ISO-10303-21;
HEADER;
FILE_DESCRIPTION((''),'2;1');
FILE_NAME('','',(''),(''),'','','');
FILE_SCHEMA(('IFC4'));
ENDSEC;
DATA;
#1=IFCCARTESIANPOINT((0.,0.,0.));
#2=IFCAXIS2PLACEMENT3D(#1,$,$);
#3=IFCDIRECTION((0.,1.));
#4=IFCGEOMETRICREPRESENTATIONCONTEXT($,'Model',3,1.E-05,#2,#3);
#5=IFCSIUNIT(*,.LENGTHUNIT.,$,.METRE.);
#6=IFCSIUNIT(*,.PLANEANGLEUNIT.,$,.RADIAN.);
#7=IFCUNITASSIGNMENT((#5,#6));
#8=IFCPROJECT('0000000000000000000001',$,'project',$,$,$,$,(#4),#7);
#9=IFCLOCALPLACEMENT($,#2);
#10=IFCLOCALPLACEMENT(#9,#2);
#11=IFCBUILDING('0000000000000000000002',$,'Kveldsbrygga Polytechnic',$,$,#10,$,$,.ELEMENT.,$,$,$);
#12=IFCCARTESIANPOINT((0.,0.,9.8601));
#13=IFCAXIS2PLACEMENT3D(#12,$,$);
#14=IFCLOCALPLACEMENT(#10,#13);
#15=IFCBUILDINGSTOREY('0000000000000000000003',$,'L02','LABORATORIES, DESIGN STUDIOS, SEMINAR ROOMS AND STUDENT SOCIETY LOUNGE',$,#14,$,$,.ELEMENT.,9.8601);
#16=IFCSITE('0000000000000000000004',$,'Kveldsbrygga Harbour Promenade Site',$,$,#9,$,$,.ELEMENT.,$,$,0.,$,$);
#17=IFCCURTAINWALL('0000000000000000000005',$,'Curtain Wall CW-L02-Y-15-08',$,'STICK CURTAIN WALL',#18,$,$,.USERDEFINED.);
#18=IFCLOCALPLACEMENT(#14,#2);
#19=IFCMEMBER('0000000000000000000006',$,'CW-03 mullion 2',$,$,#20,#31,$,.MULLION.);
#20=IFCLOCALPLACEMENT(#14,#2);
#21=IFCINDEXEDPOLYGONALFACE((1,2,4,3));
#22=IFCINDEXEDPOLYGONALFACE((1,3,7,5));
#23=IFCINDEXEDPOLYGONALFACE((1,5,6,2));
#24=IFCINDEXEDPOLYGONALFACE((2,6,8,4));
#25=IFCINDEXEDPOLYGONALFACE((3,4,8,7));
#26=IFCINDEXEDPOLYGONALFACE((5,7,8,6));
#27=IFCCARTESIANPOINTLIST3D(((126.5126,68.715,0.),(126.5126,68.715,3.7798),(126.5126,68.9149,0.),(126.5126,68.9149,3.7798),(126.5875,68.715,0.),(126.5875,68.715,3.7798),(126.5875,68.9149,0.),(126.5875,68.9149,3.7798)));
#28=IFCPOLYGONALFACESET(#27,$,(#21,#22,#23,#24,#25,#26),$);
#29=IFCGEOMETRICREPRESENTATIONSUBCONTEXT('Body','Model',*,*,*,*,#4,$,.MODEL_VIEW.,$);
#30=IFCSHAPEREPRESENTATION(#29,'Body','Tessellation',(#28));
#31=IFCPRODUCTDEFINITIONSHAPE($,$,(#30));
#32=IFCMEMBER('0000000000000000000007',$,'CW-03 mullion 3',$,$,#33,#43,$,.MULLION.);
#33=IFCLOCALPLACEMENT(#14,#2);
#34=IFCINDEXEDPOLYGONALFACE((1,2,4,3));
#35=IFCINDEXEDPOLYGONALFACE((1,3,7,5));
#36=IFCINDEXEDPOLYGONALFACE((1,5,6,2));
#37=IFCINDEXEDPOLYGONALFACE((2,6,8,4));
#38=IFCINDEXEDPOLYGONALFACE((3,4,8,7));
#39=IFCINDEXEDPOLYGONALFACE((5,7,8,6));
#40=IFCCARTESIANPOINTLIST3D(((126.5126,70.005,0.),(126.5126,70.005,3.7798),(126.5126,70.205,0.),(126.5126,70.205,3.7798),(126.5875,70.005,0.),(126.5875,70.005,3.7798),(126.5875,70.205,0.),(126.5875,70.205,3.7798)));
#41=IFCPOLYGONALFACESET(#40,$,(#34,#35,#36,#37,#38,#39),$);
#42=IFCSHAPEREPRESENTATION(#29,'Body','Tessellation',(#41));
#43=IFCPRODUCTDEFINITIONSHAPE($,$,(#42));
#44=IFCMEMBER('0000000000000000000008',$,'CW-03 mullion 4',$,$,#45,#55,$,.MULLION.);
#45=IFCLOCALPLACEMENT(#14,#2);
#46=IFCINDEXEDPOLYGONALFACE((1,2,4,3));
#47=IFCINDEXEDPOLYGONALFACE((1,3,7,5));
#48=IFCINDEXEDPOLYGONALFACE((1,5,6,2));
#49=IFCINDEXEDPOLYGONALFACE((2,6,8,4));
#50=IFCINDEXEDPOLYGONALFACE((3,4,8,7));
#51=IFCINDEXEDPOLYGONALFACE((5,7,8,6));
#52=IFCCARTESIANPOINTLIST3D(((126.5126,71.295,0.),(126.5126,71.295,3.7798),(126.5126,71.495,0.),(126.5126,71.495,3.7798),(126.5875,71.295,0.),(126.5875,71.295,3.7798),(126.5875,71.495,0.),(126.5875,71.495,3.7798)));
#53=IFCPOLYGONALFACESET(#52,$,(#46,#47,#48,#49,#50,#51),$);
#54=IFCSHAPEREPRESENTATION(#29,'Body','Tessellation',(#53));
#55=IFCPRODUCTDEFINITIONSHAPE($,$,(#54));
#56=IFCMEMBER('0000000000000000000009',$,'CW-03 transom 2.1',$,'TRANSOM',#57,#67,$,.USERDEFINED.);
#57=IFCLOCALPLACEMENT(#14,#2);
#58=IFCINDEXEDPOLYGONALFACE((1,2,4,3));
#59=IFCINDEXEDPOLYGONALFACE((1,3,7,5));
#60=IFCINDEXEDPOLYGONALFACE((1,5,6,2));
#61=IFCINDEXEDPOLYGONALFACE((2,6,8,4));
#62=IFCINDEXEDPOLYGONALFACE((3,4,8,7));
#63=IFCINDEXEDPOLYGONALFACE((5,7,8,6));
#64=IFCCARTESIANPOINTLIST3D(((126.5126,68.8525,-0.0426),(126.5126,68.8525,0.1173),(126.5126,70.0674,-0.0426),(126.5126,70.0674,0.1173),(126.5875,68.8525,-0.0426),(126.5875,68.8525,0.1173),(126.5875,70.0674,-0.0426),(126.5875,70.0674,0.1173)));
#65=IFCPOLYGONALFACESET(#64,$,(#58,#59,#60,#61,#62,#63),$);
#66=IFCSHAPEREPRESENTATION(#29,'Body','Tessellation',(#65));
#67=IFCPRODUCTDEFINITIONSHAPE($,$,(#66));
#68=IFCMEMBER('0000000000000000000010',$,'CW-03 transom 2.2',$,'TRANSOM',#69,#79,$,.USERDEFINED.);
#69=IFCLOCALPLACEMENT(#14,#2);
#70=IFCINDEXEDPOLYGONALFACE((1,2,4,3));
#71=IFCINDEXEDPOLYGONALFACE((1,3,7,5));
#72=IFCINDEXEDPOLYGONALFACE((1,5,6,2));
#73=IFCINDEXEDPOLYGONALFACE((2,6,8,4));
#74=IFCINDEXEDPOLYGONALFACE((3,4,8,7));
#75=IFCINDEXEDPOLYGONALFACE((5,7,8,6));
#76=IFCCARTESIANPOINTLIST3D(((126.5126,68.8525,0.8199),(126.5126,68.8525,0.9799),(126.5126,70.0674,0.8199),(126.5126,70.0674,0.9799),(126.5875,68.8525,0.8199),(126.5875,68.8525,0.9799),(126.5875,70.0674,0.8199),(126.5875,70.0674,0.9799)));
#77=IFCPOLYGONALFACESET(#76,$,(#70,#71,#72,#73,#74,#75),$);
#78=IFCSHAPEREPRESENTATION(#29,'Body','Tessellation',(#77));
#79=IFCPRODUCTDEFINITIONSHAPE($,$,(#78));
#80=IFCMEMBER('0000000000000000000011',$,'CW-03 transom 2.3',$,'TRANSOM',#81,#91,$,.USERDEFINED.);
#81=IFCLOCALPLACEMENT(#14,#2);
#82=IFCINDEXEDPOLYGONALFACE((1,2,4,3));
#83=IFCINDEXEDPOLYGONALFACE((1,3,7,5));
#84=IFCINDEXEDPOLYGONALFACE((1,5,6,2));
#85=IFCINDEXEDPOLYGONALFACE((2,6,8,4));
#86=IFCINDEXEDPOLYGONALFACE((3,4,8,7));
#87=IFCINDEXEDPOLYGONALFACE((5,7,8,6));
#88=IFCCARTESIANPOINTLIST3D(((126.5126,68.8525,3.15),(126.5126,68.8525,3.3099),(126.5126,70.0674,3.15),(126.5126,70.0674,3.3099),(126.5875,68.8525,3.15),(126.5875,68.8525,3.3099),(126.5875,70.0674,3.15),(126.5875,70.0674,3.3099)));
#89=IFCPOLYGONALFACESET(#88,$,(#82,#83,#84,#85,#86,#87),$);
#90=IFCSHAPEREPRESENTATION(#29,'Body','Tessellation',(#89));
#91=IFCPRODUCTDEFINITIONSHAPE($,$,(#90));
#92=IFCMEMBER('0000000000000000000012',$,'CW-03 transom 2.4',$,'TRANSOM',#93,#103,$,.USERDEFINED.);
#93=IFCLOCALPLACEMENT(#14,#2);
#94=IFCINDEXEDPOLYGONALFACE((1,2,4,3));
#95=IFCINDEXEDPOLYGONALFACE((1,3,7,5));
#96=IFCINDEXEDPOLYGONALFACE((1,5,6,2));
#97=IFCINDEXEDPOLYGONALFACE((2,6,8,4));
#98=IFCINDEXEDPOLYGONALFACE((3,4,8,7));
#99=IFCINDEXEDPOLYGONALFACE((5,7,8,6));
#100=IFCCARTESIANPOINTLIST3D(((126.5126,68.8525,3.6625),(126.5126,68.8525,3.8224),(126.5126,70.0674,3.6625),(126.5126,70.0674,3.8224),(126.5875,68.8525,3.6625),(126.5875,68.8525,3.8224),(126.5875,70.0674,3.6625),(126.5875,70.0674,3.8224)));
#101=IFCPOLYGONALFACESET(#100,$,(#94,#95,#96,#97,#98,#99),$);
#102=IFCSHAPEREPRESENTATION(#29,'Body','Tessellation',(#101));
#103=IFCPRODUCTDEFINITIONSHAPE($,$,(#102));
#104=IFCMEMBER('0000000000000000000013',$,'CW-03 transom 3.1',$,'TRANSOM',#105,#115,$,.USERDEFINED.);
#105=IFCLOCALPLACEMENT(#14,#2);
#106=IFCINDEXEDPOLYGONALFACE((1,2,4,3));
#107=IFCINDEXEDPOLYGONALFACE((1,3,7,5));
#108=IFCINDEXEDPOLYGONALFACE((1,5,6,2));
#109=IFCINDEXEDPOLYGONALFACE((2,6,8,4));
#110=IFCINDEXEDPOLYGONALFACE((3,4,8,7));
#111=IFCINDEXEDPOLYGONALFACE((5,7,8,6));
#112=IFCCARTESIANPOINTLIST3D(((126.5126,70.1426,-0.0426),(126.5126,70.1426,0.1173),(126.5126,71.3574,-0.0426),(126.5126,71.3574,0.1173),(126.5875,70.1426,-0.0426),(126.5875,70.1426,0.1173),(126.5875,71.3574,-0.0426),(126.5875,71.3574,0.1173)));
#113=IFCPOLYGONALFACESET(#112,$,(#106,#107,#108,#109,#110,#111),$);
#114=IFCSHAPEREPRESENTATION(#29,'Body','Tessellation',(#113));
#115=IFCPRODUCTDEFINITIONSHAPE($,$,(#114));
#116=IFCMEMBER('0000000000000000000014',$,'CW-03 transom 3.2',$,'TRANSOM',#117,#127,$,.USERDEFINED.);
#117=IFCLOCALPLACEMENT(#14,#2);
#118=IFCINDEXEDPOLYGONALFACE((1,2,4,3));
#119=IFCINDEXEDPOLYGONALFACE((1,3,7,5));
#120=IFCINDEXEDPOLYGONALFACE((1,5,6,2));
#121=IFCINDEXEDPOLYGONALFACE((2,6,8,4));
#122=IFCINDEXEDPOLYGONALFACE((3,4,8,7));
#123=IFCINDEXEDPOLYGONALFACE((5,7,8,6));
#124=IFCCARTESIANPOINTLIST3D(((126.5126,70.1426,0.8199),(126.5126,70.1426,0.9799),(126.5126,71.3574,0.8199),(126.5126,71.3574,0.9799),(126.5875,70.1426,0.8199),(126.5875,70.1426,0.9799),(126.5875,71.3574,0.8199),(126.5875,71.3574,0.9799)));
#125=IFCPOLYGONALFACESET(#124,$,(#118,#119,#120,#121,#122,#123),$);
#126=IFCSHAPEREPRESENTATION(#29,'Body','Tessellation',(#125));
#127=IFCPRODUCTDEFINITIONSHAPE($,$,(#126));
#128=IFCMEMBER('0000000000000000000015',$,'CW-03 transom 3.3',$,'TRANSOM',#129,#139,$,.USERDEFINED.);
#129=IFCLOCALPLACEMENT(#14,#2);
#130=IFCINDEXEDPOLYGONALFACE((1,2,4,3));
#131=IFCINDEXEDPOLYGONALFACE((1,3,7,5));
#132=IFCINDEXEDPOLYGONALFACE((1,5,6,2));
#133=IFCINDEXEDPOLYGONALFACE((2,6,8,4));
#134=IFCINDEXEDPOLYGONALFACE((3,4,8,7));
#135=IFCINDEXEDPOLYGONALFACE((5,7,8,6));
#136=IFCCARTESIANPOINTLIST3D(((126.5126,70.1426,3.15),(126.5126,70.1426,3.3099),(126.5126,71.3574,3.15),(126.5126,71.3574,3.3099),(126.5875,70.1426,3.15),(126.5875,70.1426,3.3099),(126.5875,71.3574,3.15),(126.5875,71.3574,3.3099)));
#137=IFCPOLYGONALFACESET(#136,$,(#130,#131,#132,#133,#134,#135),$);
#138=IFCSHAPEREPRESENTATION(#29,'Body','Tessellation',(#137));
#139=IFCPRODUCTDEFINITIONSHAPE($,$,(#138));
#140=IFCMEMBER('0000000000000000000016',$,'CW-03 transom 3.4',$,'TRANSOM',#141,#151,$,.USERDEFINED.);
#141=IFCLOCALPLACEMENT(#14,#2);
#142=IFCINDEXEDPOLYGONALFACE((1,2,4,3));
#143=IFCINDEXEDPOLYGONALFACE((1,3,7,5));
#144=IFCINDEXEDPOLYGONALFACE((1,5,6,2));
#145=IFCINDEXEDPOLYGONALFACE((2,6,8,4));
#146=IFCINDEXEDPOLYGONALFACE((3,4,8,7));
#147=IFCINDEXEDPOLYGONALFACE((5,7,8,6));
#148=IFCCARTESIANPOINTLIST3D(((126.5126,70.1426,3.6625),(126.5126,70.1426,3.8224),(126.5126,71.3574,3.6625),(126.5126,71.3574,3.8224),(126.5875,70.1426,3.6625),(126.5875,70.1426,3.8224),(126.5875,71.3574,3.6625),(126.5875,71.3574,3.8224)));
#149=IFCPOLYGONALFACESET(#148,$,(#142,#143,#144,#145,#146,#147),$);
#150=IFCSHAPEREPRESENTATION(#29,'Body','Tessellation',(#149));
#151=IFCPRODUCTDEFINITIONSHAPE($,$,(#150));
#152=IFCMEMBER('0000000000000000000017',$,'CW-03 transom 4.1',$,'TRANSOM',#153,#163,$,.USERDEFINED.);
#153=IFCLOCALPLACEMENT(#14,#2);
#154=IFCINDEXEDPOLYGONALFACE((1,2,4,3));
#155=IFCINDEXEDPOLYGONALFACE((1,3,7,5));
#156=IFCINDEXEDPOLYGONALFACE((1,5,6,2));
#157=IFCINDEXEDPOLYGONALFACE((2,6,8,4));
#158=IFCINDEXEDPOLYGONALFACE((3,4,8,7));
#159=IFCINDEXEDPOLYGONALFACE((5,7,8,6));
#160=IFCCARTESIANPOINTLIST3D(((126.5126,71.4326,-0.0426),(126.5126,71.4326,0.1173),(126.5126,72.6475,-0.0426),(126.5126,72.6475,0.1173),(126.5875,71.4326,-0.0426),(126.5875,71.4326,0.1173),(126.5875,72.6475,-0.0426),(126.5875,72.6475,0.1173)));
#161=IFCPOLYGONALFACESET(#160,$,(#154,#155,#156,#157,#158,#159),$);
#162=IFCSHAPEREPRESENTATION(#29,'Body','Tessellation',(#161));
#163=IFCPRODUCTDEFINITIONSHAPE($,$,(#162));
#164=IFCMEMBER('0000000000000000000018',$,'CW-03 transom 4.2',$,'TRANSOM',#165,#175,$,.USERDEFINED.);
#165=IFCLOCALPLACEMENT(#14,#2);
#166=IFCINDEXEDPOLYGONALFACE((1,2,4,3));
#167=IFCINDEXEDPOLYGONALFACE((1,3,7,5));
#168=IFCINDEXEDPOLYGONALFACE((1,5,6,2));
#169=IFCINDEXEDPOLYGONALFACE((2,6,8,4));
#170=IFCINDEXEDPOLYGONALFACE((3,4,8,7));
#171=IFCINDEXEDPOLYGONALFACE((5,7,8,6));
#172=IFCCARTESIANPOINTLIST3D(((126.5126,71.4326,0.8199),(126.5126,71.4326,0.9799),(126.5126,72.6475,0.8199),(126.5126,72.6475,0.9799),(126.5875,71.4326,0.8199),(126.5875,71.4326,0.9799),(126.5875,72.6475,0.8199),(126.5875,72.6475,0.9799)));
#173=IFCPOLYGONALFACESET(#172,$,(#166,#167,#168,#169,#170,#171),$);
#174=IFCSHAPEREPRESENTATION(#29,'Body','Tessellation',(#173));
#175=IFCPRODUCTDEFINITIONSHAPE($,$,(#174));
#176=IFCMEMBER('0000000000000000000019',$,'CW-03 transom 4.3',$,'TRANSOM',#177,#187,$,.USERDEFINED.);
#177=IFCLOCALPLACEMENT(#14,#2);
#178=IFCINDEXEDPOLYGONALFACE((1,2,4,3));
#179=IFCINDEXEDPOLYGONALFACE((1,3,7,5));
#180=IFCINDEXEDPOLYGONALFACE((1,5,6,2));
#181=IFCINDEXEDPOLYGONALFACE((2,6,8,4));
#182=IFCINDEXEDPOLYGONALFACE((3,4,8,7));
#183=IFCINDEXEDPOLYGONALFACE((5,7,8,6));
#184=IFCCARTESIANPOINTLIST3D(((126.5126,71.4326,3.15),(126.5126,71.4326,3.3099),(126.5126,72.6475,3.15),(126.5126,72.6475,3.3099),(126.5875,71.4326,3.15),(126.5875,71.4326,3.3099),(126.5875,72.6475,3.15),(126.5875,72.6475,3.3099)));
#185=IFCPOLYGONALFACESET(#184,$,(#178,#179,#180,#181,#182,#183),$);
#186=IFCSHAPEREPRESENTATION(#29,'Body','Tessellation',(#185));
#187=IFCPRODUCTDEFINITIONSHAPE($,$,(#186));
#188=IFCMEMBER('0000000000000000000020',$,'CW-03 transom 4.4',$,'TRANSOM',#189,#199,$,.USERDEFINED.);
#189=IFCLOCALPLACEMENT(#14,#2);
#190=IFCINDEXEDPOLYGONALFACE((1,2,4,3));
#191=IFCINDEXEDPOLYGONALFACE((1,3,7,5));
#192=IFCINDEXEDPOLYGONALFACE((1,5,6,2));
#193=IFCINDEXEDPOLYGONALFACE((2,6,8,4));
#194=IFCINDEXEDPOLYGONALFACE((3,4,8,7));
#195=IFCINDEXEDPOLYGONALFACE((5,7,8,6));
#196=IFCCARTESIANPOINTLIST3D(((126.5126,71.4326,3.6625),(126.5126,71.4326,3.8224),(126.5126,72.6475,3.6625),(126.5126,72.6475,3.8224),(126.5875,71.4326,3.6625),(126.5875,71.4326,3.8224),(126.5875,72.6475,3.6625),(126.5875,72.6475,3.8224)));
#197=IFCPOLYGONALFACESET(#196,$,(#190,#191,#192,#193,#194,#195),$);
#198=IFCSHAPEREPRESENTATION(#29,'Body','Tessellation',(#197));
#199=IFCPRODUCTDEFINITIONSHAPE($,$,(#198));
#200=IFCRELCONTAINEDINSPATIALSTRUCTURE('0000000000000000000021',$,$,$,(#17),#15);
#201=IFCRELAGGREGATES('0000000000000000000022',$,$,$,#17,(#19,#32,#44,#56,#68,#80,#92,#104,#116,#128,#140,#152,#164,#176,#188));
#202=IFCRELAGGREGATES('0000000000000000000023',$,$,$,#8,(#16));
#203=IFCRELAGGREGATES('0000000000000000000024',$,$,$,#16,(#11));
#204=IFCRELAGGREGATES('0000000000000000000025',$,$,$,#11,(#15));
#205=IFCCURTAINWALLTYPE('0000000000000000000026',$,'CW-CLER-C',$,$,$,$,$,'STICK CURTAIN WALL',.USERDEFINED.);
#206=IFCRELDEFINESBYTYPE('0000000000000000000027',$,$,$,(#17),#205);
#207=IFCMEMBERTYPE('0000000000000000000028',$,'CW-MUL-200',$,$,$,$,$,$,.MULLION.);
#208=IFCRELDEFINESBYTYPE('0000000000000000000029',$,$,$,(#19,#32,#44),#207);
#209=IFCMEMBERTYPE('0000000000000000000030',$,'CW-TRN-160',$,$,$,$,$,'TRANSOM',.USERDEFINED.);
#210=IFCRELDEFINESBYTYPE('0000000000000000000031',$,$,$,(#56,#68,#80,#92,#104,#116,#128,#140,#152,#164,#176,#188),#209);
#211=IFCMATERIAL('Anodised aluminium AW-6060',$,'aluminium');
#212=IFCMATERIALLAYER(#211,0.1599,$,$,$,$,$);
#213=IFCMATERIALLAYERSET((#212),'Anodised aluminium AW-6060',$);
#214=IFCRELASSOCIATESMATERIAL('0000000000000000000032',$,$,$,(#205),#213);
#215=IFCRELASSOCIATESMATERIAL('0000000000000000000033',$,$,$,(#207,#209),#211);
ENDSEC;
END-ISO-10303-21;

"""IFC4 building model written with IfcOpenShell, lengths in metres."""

from ifc_helpers import new_model, si_unit, direction, frame, origin, origin_2d, place, context, subcontext, project, spatial, rectangle, extrude, material, layer, layer_set, material_profile, profile_set, type_object, element, aggregate, save


model = new_model("IFC4")

# Units and contexts
model_context = context("Model", 3, precision=1e-05, world=origin(), true_north=direction((0.0, 1.0)))
body_context = subcontext(model_context, "Body", "Model", "MODEL_VIEW")
ifc_project = project(units=[si_unit("LENGTHUNIT", "METRE"), si_unit("PLANEANGLEUNIT", "RADIAN")], contexts=[model_context])

# Site, building, storey
site_placement = place(None, origin())
site = spatial("IfcSite", under=ifc_project, at=site_placement, Name="Kveldsbrygga Harbour Promenade Site", CompositionType="ELEMENT", RefElevation=0.0)
building_placement = place(site_placement, origin())
building = spatial("IfcBuilding", under=site, at=building_placement, Name="Kveldsbrygga Polytechnic", CompositionType="ELEMENT")
storey_placement = place(building_placement, frame((0.0, 0.0, 9.8601)))
storey = spatial("IfcBuildingStorey", under=building, at=storey_placement, Name="L02", Description="LABORATORIES, DESIGN STUDIOS, SEMINAR ROOMS AND STUDENT SOCIETY LOUNGE", CompositionType="ELEMENT", Elevation=9.8601)

# Curtain wall, members
ifc_material_1 = material(Name="Anodised aluminium AW-6060", Category="aluminium")
ifc_layer_1 = layer(ifc_material_1, 0.1599)
ifc_layer_set_1 = layer_set([ifc_layer_1], Name="Anodised aluminium AW-6060")
curtain_wall_type = type_object("IfcCurtainWallType", Name="CW-CLER-C", ElementType="STICK CURTAIN WALL", PredefinedType="USERDEFINED", material=ifc_layer_set_1)
curtain_wall_placement = place(storey_placement, origin())
curtain_wall = element("IfcCurtainWall", 1, at=curtain_wall_placement, inside=storey, type_object=curtain_wall_type, Name="Curtain Wall CW-L02-Y-15-08", ObjectType="STICK CURTAIN WALL", PredefinedType="USERDEFINED")
ifc_material_profile_1 = material_profile(ifc_material_1, rectangle(XDim=0.075, YDim=0.2, at=origin_2d()), Name="ALU 75x200")
ifc_profile_set_1 = profile_set([ifc_material_profile_1], Name="Anodised aluminium AW-6060")
member_type_1 = type_object("IfcMemberType", Name="CW-MUL-200", PredefinedType="MULLION", material=ifc_profile_set_1)
member_1_placement = place(storey_placement, frame((126.55, 68.8149, 0.0), z_axis=(0.0, 0.0, 1.0), x_axis=(-1.0, 0.0, 0.0)))
member_1 = element("IfcMember", 2, at=member_1_placement, type_object=member_type_1, Name="CW-03 mullion 2", PredefinedType="MULLION", context=body_context, shape_type="SweptSolid", body=[
    extrude(rectangle(XDim=0.075, YDim=0.2, at=origin_2d()), origin(), (0.0, 0.0, 1.0), 3.7798),
])
member_2_placement = place(storey_placement, frame((126.55, 70.105, 0.0), z_axis=(0.0, 0.0, 1.0), x_axis=(-1.0, 0.0, 0.0)))
member_2 = element("IfcMember", 3, at=member_2_placement, type_object=member_type_1, Name="CW-03 mullion 3", PredefinedType="MULLION", context=body_context, shape_type="SweptSolid", body=[
    extrude(rectangle(XDim=0.075, YDim=0.2, at=origin_2d()), origin(), (0.0, 0.0, 1.0), 3.7798),
])
member_3_placement = place(storey_placement, frame((126.55, 71.395, 0.0), z_axis=(0.0, 0.0, 1.0), x_axis=(-1.0, 0.0, 0.0)))
member_3 = element("IfcMember", 4, at=member_3_placement, type_object=member_type_1, Name="CW-03 mullion 4", PredefinedType="MULLION", context=body_context, shape_type="SweptSolid", body=[
    extrude(rectangle(XDim=0.075, YDim=0.2, at=origin_2d()), origin(), (0.0, 0.0, 1.0), 3.7798),
])
ifc_material_profile_2 = material_profile(ifc_material_1, rectangle(XDim=0.075, YDim=0.1599, at=origin_2d()), Name="ALU 75x160")
ifc_profile_set_2 = profile_set([ifc_material_profile_2], Name="Anodised aluminium AW-6060")
member_type_2 = type_object("IfcMemberType", Name="CW-TRN-160", ElementType="TRANSOM", PredefinedType="USERDEFINED", material=ifc_profile_set_2)
member_4_placement = place(storey_placement, frame((126.55, 68.8525, 0.0374), z_axis=(0.0, 1.0, 0.0), x_axis=(-1.0, 0.0, 0.0)))
member_4 = element("IfcMember", 5, at=member_4_placement, type_object=member_type_2, Name="CW-03 transom 2.1", ObjectType="TRANSOM", PredefinedType="USERDEFINED", context=body_context, shape_type="SweptSolid", body=[
    extrude(rectangle(XDim=0.075, YDim=0.1599, at=origin_2d()), origin(), (0.0, 0.0, 1.0), 1.2148),
])
member_5_placement = place(storey_placement, frame((126.55, 68.8525, 0.8999), z_axis=(0.0, 1.0, 0.0), x_axis=(-1.0, 0.0, 0.0)))
member_5 = element("IfcMember", 6, at=member_5_placement, type_object=member_type_2, Name="CW-03 transom 2.2", ObjectType="TRANSOM", PredefinedType="USERDEFINED", context=body_context, shape_type="SweptSolid", body=[
    extrude(rectangle(XDim=0.075, YDim=0.1599, at=origin_2d()), origin(), (0.0, 0.0, 1.0), 1.2148),
])
member_6_placement = place(storey_placement, frame((126.55, 68.8525, 3.23), z_axis=(0.0, 1.0, 0.0), x_axis=(-1.0, 0.0, 0.0)))
member_6 = element("IfcMember", 7, at=member_6_placement, type_object=member_type_2, Name="CW-03 transom 2.3", ObjectType="TRANSOM", PredefinedType="USERDEFINED", context=body_context, shape_type="SweptSolid", body=[
    extrude(rectangle(XDim=0.075, YDim=0.1599, at=origin_2d()), origin(), (0.0, 0.0, 1.0), 1.2148),
])
member_7_placement = place(storey_placement, frame((126.55, 68.8525, 3.7424), z_axis=(0.0, 1.0, 0.0), x_axis=(-1.0, 0.0, 0.0)))
member_7 = element("IfcMember", 8, at=member_7_placement, type_object=member_type_2, Name="CW-03 transom 2.4", ObjectType="TRANSOM", PredefinedType="USERDEFINED", context=body_context, shape_type="SweptSolid", body=[
    extrude(rectangle(XDim=0.075, YDim=0.1599, at=origin_2d()), origin(), (0.0, 0.0, 1.0), 1.2148),
])
member_8_placement = place(storey_placement, frame((126.55, 70.1426, 0.0374), z_axis=(0.0, 1.0, 0.0), x_axis=(-1.0, 0.0, 0.0)))
member_8 = element("IfcMember", 9, at=member_8_placement, type_object=member_type_2, Name="CW-03 transom 3.1", ObjectType="TRANSOM", PredefinedType="USERDEFINED", context=body_context, shape_type="SweptSolid", body=[
    extrude(rectangle(XDim=0.075, YDim=0.1599, at=origin_2d()), origin(), (0.0, 0.0, 1.0), 1.2148),
])
member_9_placement = place(storey_placement, frame((126.55, 70.1426, 0.8999), z_axis=(0.0, 1.0, 0.0), x_axis=(-1.0, 0.0, 0.0)))
member_9 = element("IfcMember", 10, at=member_9_placement, type_object=member_type_2, Name="CW-03 transom 3.2", ObjectType="TRANSOM", PredefinedType="USERDEFINED", context=body_context, shape_type="SweptSolid", body=[
    extrude(rectangle(XDim=0.075, YDim=0.1599, at=origin_2d()), origin(), (0.0, 0.0, 1.0), 1.2148),
])
member_10_placement = place(storey_placement, frame((126.55, 70.1426, 3.23), z_axis=(0.0, 1.0, 0.0), x_axis=(-1.0, 0.0, 0.0)))
member_10 = element("IfcMember", 11, at=member_10_placement, type_object=member_type_2, Name="CW-03 transom 3.3", ObjectType="TRANSOM", PredefinedType="USERDEFINED", context=body_context, shape_type="SweptSolid", body=[
    extrude(rectangle(XDim=0.075, YDim=0.1599, at=origin_2d()), origin(), (0.0, 0.0, 1.0), 1.2148),
])
member_11_placement = place(storey_placement, frame((126.55, 70.1426, 3.7424), z_axis=(0.0, 1.0, 0.0), x_axis=(-1.0, 0.0, 0.0)))
member_11 = element("IfcMember", 12, at=member_11_placement, type_object=member_type_2, Name="CW-03 transom 3.4", ObjectType="TRANSOM", PredefinedType="USERDEFINED", context=body_context, shape_type="SweptSolid", body=[
    extrude(rectangle(XDim=0.075, YDim=0.1599, at=origin_2d()), origin(), (0.0, 0.0, 1.0), 1.2148),
])
member_12_placement = place(storey_placement, frame((126.55, 71.4326, 0.0374), z_axis=(0.0, 1.0, 0.0), x_axis=(-1.0, 0.0, 0.0)))
member_12 = element("IfcMember", 13, at=member_12_placement, type_object=member_type_2, Name="CW-03 transom 4.1", ObjectType="TRANSOM", PredefinedType="USERDEFINED", context=body_context, shape_type="SweptSolid", body=[
    extrude(rectangle(XDim=0.075, YDim=0.1599, at=origin_2d()), origin(), (0.0, 0.0, 1.0), 1.2148),
])
member_13_placement = place(storey_placement, frame((126.55, 71.4326, 0.8999), z_axis=(0.0, 1.0, 0.0), x_axis=(-1.0, 0.0, 0.0)))
member_13 = element("IfcMember", 14, at=member_13_placement, type_object=member_type_2, Name="CW-03 transom 4.2", ObjectType="TRANSOM", PredefinedType="USERDEFINED", context=body_context, shape_type="SweptSolid", body=[
    extrude(rectangle(XDim=0.075, YDim=0.1599, at=origin_2d()), origin(), (0.0, 0.0, 1.0), 1.2148),
])
member_14_placement = place(storey_placement, frame((126.55, 71.4326, 3.23), z_axis=(0.0, 1.0, 0.0), x_axis=(-1.0, 0.0, 0.0)))
member_14 = element("IfcMember", 15, at=member_14_placement, type_object=member_type_2, Name="CW-03 transom 4.3", ObjectType="TRANSOM", PredefinedType="USERDEFINED", context=body_context, shape_type="SweptSolid", body=[
    extrude(rectangle(XDim=0.075, YDim=0.1599, at=origin_2d()), origin(), (0.0, 0.0, 1.0), 1.2148),
])
member_15_placement = place(storey_placement, frame((126.55, 71.4326, 3.7424), z_axis=(0.0, 1.0, 0.0), x_axis=(-1.0, 0.0, 0.0)))
member_15 = element("IfcMember", 16, at=member_15_placement, type_object=member_type_2, Name="CW-03 transom 4.4", ObjectType="TRANSOM", PredefinedType="USERDEFINED", context=body_context, shape_type="SweptSolid", body=[
    extrude(rectangle(XDim=0.075, YDim=0.1599, at=origin_2d()), origin(), (0.0, 0.0, 1.0), 1.2148),
])
aggregate(curtain_wall, [member_1, member_2, member_3, member_4, member_5, member_6, member_7, member_8, member_9, member_10, member_11, member_12, member_13, member_14, member_15])

save(model, "model.ifc")
